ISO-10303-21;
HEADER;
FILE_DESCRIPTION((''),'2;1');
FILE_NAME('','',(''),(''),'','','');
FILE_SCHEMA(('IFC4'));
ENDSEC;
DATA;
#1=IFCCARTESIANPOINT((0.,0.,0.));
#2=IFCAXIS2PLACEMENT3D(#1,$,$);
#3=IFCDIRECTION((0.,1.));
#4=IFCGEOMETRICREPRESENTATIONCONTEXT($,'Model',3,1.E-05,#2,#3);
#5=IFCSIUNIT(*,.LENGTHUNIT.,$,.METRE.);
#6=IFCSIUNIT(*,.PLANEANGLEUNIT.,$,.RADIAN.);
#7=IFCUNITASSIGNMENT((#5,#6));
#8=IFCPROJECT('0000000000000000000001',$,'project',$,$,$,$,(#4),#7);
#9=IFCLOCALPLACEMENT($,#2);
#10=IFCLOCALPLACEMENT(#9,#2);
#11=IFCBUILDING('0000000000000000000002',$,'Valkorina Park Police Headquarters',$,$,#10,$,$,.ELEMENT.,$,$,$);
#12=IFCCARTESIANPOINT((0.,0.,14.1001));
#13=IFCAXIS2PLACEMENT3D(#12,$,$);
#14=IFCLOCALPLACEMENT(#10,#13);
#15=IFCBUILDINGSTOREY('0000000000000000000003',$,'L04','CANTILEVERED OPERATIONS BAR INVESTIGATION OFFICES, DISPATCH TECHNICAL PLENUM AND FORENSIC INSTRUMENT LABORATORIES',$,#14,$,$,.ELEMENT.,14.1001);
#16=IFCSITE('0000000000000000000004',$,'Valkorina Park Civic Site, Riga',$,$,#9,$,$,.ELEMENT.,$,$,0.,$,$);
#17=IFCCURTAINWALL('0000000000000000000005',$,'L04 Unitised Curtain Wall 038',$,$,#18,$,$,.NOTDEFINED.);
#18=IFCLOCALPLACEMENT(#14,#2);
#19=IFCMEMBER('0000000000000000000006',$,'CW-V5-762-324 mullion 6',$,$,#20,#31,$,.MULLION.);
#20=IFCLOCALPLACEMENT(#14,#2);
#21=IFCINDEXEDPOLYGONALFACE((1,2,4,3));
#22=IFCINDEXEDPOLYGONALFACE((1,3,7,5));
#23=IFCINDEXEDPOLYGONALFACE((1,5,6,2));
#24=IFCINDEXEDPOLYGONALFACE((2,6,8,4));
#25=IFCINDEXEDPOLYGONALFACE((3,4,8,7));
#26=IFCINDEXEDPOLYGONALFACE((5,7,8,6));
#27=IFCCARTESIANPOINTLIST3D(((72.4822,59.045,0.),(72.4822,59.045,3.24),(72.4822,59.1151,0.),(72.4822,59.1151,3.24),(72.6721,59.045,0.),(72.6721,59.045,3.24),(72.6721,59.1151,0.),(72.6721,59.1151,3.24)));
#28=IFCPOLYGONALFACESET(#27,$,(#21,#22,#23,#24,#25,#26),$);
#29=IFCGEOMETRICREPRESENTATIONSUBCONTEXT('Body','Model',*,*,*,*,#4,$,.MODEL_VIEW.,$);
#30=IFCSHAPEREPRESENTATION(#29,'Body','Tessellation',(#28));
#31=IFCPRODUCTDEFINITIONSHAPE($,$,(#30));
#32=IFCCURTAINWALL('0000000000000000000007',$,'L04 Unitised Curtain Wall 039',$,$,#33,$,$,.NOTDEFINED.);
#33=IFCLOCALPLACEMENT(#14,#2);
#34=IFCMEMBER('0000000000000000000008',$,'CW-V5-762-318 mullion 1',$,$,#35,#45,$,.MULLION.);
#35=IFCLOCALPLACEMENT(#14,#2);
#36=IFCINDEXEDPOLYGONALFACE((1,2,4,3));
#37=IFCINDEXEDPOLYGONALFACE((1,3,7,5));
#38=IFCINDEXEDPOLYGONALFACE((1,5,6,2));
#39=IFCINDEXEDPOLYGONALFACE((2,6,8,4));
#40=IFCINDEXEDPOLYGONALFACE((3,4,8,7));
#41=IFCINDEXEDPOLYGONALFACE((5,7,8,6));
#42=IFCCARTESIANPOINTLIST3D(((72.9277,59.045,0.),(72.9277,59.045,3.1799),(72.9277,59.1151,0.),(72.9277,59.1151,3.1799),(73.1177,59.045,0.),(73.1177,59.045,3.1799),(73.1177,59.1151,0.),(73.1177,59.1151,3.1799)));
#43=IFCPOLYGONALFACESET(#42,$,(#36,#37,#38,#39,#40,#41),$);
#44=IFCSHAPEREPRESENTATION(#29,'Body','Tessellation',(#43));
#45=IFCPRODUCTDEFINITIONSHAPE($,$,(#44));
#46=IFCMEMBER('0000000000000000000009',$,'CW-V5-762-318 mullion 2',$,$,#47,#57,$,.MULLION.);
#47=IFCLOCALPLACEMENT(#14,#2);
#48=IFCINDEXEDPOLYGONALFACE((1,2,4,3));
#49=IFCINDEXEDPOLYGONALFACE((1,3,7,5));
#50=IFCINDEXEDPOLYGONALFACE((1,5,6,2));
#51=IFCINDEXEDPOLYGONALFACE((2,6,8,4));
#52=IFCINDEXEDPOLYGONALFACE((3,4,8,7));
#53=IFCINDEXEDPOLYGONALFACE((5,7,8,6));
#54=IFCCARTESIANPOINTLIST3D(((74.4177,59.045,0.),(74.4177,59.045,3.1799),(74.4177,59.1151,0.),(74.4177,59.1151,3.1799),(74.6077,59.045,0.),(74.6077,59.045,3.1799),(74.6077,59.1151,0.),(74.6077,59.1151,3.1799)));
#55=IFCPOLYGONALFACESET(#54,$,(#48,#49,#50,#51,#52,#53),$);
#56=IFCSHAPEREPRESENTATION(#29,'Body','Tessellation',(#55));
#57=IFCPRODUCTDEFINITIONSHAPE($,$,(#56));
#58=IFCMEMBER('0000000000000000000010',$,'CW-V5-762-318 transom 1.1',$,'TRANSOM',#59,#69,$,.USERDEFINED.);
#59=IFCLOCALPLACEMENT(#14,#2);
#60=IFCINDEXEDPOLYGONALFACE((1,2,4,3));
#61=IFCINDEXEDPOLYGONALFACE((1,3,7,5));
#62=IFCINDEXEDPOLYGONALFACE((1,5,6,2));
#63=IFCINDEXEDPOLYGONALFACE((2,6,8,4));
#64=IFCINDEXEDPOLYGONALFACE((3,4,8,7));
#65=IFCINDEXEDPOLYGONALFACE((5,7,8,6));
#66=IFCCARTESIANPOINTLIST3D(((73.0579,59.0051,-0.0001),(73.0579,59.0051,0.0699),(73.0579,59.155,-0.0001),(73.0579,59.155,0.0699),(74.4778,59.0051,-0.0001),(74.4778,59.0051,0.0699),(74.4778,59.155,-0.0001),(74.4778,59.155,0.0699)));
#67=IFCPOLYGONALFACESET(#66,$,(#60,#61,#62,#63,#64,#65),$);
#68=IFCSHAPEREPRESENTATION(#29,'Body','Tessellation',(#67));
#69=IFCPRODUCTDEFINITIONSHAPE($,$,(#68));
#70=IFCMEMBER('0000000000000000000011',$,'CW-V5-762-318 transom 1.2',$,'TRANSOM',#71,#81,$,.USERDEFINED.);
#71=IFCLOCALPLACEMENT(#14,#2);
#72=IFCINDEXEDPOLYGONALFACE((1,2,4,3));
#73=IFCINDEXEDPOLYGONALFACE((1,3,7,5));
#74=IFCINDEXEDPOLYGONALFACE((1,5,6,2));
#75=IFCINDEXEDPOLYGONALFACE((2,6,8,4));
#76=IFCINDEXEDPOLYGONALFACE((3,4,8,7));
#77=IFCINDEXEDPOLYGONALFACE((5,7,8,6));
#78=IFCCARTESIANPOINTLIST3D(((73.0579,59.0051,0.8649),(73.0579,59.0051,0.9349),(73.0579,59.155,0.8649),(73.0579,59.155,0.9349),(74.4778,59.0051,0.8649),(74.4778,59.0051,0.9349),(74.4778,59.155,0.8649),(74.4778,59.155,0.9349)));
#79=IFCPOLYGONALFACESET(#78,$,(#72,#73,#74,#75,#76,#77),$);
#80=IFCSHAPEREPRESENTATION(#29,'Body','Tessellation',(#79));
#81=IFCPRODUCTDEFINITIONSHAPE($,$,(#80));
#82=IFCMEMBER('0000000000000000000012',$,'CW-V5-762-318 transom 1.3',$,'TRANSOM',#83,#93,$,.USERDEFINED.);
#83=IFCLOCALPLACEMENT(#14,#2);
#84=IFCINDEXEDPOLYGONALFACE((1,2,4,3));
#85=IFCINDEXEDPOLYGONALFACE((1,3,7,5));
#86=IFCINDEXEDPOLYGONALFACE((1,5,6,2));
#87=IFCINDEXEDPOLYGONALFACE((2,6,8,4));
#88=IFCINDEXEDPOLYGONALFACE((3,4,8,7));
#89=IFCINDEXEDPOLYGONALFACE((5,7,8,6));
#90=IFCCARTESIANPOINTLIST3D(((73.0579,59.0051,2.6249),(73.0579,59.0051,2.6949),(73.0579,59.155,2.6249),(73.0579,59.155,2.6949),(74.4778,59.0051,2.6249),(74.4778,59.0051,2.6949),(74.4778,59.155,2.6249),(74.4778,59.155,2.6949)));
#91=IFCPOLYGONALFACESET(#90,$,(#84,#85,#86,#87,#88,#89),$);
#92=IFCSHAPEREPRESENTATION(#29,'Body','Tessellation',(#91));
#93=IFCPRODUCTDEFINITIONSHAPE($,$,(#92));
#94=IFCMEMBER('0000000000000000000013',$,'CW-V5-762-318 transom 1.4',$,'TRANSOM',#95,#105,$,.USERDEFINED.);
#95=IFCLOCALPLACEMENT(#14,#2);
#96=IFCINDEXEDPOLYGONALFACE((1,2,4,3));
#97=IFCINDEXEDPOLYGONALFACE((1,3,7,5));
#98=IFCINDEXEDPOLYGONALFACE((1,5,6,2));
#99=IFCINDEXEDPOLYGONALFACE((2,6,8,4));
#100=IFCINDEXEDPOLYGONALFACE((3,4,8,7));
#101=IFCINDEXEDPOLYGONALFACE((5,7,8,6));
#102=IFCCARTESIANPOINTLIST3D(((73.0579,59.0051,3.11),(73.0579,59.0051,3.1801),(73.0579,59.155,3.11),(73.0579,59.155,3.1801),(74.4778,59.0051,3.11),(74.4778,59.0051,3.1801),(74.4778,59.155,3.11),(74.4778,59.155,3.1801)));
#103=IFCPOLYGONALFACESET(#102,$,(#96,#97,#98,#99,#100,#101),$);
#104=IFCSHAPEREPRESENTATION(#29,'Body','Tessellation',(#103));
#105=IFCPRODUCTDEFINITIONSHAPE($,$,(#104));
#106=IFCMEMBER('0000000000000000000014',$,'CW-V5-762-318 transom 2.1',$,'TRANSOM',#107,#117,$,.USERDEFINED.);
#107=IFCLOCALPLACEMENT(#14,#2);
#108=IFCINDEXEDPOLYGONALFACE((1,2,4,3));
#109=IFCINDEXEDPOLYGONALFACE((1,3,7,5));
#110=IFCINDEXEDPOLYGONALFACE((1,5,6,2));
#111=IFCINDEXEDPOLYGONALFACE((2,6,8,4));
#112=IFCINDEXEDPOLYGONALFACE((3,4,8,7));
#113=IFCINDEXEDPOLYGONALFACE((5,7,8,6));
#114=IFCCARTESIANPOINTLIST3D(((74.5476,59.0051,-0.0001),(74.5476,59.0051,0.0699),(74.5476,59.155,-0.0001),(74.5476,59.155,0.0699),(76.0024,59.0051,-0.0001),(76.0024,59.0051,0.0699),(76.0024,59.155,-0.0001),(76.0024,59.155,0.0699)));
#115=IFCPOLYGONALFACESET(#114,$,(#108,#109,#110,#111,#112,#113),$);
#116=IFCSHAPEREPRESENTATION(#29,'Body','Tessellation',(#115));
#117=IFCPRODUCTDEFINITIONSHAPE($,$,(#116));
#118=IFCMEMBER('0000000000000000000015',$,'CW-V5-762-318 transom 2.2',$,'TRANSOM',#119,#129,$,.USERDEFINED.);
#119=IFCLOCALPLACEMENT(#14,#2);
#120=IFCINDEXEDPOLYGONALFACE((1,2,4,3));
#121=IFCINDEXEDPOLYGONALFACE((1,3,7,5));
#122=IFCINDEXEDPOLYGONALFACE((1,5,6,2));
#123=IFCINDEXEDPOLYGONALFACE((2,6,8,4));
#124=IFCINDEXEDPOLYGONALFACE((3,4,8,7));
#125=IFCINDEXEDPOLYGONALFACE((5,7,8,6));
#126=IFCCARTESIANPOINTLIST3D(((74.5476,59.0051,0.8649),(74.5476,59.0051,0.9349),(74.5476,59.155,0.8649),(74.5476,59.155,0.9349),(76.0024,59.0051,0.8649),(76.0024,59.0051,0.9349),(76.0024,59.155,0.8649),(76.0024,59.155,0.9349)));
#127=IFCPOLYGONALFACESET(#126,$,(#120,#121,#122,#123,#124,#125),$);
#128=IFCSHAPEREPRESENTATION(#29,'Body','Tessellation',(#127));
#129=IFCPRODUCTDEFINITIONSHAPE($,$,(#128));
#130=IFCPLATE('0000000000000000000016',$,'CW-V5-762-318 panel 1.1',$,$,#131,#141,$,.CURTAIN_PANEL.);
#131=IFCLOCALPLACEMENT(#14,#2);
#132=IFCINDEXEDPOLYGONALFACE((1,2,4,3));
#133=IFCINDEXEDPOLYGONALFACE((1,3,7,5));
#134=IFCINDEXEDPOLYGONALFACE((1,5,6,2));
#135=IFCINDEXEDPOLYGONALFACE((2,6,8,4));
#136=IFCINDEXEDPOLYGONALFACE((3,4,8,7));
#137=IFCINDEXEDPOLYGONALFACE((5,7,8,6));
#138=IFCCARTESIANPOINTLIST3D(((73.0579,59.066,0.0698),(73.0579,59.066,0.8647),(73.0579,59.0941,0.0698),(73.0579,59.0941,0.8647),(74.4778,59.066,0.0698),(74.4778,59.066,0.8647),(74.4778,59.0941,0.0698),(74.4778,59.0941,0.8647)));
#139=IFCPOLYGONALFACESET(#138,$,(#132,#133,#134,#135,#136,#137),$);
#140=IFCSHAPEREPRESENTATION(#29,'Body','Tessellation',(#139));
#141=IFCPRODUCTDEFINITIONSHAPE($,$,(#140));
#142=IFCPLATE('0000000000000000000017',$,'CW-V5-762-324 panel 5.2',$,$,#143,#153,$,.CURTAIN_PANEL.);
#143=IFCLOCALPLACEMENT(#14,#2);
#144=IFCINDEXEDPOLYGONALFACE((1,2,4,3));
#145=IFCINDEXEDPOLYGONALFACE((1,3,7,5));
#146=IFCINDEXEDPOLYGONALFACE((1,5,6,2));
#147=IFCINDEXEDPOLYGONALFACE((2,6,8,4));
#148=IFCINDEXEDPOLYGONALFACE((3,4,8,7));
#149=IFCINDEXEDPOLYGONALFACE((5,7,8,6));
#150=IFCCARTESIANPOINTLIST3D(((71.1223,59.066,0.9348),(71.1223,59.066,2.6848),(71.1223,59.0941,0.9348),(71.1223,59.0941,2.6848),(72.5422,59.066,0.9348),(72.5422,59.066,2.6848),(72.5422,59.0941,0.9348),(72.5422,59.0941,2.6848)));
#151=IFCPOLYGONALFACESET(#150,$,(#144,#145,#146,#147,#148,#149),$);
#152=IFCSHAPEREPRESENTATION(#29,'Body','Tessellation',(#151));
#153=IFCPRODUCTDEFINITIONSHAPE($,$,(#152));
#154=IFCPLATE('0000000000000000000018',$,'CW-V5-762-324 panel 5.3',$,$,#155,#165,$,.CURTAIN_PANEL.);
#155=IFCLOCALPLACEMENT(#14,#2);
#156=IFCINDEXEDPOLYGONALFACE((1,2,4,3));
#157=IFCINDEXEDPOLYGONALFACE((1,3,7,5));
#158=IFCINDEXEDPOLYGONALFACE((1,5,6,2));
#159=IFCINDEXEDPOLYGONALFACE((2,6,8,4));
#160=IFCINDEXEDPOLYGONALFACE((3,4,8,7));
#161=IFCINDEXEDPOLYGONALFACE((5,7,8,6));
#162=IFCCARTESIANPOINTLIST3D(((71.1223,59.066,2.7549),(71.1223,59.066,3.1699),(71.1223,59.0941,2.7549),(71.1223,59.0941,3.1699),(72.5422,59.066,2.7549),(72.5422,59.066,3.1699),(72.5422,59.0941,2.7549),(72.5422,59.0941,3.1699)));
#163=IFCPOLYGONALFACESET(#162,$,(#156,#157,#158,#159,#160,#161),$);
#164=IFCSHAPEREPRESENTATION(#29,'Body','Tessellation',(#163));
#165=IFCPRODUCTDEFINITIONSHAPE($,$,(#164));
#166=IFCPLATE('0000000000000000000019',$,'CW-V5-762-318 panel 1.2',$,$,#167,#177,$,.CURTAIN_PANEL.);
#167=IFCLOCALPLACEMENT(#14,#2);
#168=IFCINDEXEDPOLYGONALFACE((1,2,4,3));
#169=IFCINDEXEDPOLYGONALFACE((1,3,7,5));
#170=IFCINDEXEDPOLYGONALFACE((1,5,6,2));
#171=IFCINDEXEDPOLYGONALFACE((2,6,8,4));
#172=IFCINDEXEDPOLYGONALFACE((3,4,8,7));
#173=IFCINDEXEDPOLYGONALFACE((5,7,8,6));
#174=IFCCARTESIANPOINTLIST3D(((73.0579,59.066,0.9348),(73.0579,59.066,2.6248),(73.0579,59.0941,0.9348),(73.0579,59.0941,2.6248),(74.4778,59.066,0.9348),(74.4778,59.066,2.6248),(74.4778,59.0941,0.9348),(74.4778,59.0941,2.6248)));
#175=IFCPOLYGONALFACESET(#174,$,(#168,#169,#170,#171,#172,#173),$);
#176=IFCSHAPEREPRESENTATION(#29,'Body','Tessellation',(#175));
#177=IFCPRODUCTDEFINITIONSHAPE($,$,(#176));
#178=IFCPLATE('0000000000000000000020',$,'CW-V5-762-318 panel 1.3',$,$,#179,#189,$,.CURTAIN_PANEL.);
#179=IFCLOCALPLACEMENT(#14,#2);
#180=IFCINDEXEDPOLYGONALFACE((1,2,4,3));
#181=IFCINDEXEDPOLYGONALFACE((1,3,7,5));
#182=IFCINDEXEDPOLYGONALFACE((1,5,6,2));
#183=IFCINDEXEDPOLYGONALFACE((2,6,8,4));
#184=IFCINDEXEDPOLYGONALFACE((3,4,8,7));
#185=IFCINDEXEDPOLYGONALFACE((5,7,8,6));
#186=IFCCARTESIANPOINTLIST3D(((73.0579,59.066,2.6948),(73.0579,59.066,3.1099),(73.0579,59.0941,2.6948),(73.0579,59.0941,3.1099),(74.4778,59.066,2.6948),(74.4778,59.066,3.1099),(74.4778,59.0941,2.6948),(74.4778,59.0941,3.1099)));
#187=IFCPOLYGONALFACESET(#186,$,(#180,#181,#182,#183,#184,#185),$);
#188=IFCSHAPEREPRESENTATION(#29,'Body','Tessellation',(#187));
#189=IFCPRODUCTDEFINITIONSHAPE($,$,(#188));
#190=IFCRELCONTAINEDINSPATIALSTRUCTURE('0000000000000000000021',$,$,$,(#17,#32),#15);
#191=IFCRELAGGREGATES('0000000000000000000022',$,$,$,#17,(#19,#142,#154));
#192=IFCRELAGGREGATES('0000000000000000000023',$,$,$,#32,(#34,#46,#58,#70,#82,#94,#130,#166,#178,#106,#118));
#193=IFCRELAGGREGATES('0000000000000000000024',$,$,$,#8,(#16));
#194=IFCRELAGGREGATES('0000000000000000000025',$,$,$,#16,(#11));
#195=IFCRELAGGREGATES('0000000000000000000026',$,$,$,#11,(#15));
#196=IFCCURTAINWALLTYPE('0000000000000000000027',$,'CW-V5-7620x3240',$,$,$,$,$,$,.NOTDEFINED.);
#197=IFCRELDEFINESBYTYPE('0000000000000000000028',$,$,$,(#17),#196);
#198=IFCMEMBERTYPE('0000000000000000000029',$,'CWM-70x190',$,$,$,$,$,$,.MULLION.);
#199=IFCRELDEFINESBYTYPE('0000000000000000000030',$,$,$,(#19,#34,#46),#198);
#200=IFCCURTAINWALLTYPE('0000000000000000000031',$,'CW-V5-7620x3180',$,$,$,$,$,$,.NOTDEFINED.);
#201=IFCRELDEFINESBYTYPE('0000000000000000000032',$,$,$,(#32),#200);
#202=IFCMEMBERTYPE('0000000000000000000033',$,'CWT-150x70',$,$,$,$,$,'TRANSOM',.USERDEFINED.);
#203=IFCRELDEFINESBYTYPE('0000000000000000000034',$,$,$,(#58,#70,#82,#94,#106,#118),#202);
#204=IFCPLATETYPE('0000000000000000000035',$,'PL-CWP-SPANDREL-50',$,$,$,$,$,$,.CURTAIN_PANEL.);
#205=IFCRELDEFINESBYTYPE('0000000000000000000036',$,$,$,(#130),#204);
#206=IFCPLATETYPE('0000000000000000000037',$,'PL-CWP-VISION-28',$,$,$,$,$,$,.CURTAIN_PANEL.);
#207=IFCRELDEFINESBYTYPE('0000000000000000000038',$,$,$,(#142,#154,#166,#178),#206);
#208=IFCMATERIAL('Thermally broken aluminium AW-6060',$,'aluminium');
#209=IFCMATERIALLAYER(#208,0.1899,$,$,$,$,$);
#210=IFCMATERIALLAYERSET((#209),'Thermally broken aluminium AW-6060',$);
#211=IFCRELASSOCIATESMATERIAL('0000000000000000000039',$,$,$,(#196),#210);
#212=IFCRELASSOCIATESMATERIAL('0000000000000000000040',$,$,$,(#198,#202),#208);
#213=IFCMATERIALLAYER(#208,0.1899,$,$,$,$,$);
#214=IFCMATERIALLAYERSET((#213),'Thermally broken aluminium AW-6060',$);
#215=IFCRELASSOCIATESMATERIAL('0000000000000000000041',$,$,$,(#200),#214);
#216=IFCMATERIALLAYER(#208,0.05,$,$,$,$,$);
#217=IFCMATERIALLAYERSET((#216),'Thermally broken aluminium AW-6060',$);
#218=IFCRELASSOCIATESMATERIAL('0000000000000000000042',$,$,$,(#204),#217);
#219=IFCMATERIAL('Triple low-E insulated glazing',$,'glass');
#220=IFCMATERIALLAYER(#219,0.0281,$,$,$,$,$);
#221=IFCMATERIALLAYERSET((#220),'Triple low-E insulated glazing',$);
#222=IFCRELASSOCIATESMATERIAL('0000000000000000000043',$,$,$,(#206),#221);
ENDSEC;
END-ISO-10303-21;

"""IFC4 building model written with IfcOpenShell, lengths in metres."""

from ifc_helpers import new_model, si_unit, direction, frame, origin, origin_2d, place, context, subcontext, project, spatial, rectangle, extrude, material, layer, layer_set, material_profile, profile_set, type_object, element, aggregate, save


model = new_model("IFC4")

# Units and contexts
model_context = context("Model", 3, precision=1e-05, world=origin(), true_north=direction((0.0, 1.0)))
body_context = subcontext(model_context, "Body", "Model", "MODEL_VIEW")
ifc_project = project(units=[si_unit("LENGTHUNIT", "METRE"), si_unit("PLANEANGLEUNIT", "RADIAN")], contexts=[model_context])

# Site, building, storey
site_placement = place(None, origin())
site = spatial("IfcSite", under=ifc_project, at=site_placement, Name="Valkorina Park Civic Site, Riga", CompositionType="ELEMENT", RefElevation=0.0)
building_placement = place(site_placement, origin())
building = spatial("IfcBuilding", under=site, at=building_placement, Name="Valkorina Park Police Headquarters", CompositionType="ELEMENT")
storey_placement = place(building_placement, frame((0.0, 0.0, 14.1001)))
storey = spatial("IfcBuildingStorey", under=building, at=storey_placement, Name="L04", Description="CANTILEVERED OPERATIONS BAR INVESTIGATION OFFICES, DISPATCH TECHNICAL PLENUM AND FORENSIC INSTRUMENT LABORATORIES", CompositionType="ELEMENT", Elevation=14.1001)

# Curtain wall, member
ifc_material_1 = material(Name="Thermally broken aluminium AW-6060", Category="aluminium")
ifc_layer_1 = layer(ifc_material_1, 0.1899)
ifc_layer_set_1 = layer_set([ifc_layer_1], Name="Thermally broken aluminium AW-6060")
curtain_wall_type_1 = type_object("IfcCurtainWallType", Name="CW-V5-7620x3240", PredefinedType="NOTDEFINED", material=ifc_layer_set_1)
curtain_wall_1_placement = place(storey_placement, origin())
curtain_wall_1 = element("IfcCurtainWall", 1, at=curtain_wall_1_placement, inside=storey, type_object=curtain_wall_type_1, Name="L04 Unitised Curtain Wall 038", PredefinedType="NOTDEFINED")
ifc_material_profile_1 = material_profile(ifc_material_1, rectangle(XDim=0.0701, YDim=0.1899, at=origin_2d()), Name="CWM-02 70x190")
ifc_profile_set_1 = profile_set([ifc_material_profile_1], Name="Thermally broken aluminium AW-6060")
member_type_1 = type_object("IfcMemberType", Name="CWM-70x190", PredefinedType="MULLION", material=ifc_profile_set_1)
member_1_placement = place(storey_placement, frame((72.5771, 59.0801, 0.0), z_axis=(0.0, 0.0, 1.0), x_axis=(0.0, 1.0, 0.0)))
member_1 = element("IfcMember", 2, at=member_1_placement, type_object=member_type_1, Name="CW-V5-762-324 mullion 6", PredefinedType="MULLION", context=body_context, shape_type="SweptSolid", body=[
    extrude(rectangle(XDim=0.0701, YDim=0.1899, at=origin_2d()), origin(), (0.0, 0.0, 1.0), 3.24),
])

# Curtain wall, members, plate
ifc_layer_2 = layer(ifc_material_1, 0.1899)
ifc_layer_set_2 = layer_set([ifc_layer_2], Name="Thermally broken aluminium AW-6060")
curtain_wall_type_2 = type_object("IfcCurtainWallType", Name="CW-V5-7620x3180", PredefinedType="NOTDEFINED", material=ifc_layer_set_2)
curtain_wall_2_placement = place(storey_placement, origin())
curtain_wall_2 = element("IfcCurtainWall", 3, at=curtain_wall_2_placement, inside=storey, type_object=curtain_wall_type_2, Name="L04 Unitised Curtain Wall 039", PredefinedType="NOTDEFINED")
member_2_placement = place(storey_placement, frame((73.0227, 59.0801, 0.0), z_axis=(0.0, 0.0, 1.0), x_axis=(0.0, 1.0, 0.0)))
member_2 = element("IfcMember", 4, at=member_2_placement, type_object=member_type_1, Name="CW-V5-762-318 mullion 1", PredefinedType="MULLION", context=body_context, shape_type="SweptSolid", body=[
    extrude(rectangle(XDim=0.0701, YDim=0.1899, at=origin_2d()), origin(), (0.0, 0.0, 1.0), 3.1799),
])
member_3_placement = place(storey_placement, frame((74.5127, 59.0801, 0.0), z_axis=(0.0, 0.0, 1.0), x_axis=(0.0, 1.0, 0.0)))
member_3 = element("IfcMember", 5, at=member_3_placement, type_object=member_type_1, Name="CW-V5-762-318 mullion 2", PredefinedType="MULLION", context=body_context, shape_type="SweptSolid", body=[
    extrude(rectangle(XDim=0.0701, YDim=0.1899, at=origin_2d()), origin(), (0.0, 0.0, 1.0), 3.1799),
])
ifc_material_profile_2 = material_profile(ifc_material_1, rectangle(XDim=0.1499, YDim=0.0701, at=origin_2d()), Name="CWT-02 150x70")
ifc_profile_set_2 = profile_set([ifc_material_profile_2], Name="Thermally broken aluminium AW-6060")
member_type_2 = type_object("IfcMemberType", Name="CWT-150x70", ElementType="TRANSOM", PredefinedType="USERDEFINED", material=ifc_profile_set_2)
member_4_placement = place(storey_placement, frame((73.0579, 59.0801, 0.0349), z_axis=(1.0, 0.0, 0.0), x_axis=(0.0, 1.0, 0.0)))
member_4 = element("IfcMember", 6, at=member_4_placement, type_object=member_type_2, Name="CW-V5-762-318 transom 1.1", ObjectType="TRANSOM", PredefinedType="USERDEFINED", context=body_context, shape_type="SweptSolid", body=[
    extrude(rectangle(XDim=0.1499, YDim=0.0701, at=origin_2d()), origin(), (0.0, 0.0, 1.0), 1.4199),
])
member_5_placement = place(storey_placement, frame((73.0579, 59.0801, 0.8999), z_axis=(1.0, 0.0, 0.0), x_axis=(0.0, 1.0, 0.0)))
member_5 = element("IfcMember", 7, at=member_5_placement, type_object=member_type_2, Name="CW-V5-762-318 transom 1.2", ObjectType="TRANSOM", PredefinedType="USERDEFINED", context=body_context, shape_type="SweptSolid", body=[
    extrude(rectangle(XDim=0.1499, YDim=0.0701, at=origin_2d()), origin(), (0.0, 0.0, 1.0), 1.4199),
])
member_6_placement = place(storey_placement, frame((73.0579, 59.0801, 2.6599), z_axis=(1.0, 0.0, 0.0), x_axis=(0.0, 1.0, 0.0)))
member_6 = element("IfcMember", 8, at=member_6_placement, type_object=member_type_2, Name="CW-V5-762-318 transom 1.3", ObjectType="TRANSOM", PredefinedType="USERDEFINED", context=body_context, shape_type="SweptSolid", body=[
    extrude(rectangle(XDim=0.1499, YDim=0.0701, at=origin_2d()), origin(), (0.0, 0.0, 1.0), 1.4199),
])
member_7_placement = place(storey_placement, frame((73.0579, 59.0801, 3.145), z_axis=(1.0, 0.0, 0.0), x_axis=(0.0, 1.0, 0.0)))
member_7 = element("IfcMember", 9, at=member_7_placement, type_object=member_type_2, Name="CW-V5-762-318 transom 1.4", ObjectType="TRANSOM", PredefinedType="USERDEFINED", context=body_context, shape_type="SweptSolid", body=[
    extrude(rectangle(XDim=0.1499, YDim=0.0701, at=origin_2d()), origin(), (0.0, 0.0, 1.0), 1.4199),
])
member_8_placement = place(storey_placement, frame((74.5476, 59.0801, 0.0349), z_axis=(1.0, 0.0, 0.0), x_axis=(0.0, 1.0, 0.0)))
member_8 = element("IfcMember", 10, at=member_8_placement, type_object=member_type_2, Name="CW-V5-762-318 transom 2.1", ObjectType="TRANSOM", PredefinedType="USERDEFINED", context=body_context, shape_type="SweptSolid", body=[
    extrude(rectangle(XDim=0.1499, YDim=0.0701, at=origin_2d()), origin(), (0.0, 0.0, 1.0), 1.4548),
])
member_9_placement = place(storey_placement, frame((74.5476, 59.0801, 0.8999), z_axis=(1.0, 0.0, 0.0), x_axis=(0.0, 1.0, 0.0)))
member_9 = element("IfcMember", 11, at=member_9_placement, type_object=member_type_2, Name="CW-V5-762-318 transom 2.2", ObjectType="TRANSOM", PredefinedType="USERDEFINED", context=body_context, shape_type="SweptSolid", body=[
    extrude(rectangle(XDim=0.1499, YDim=0.0701, at=origin_2d()), origin(), (0.0, 0.0, 1.0), 1.4548),
])
ifc_layer_3 = layer(ifc_material_1, 0.05)
ifc_layer_set_3 = layer_set([ifc_layer_3], Name="Thermally broken aluminium AW-6060")
plate_type_1 = type_object("IfcPlateType", Name="PL-CWP-SPANDREL-50", PredefinedType="CURTAIN_PANEL", material=ifc_layer_set_3)
plate_1_placement = place(storey_placement, frame((73.7678, 59.0801, 0.0698), z_axis=(0.0, 0.0, 1.0), x_axis=(1.0, 0.0, 0.0)))
plate_1 = element("IfcPlate", 12, at=plate_1_placement, type_object=plate_type_1, Name="CW-V5-762-318 panel 1.1", PredefinedType="CURTAIN_PANEL", context=body_context, shape_type="SweptSolid", body=[
    extrude(rectangle(XDim=1.4199, YDim=0.0281, at=origin_2d()), origin(), (0.0, 0.0, 1.0), 0.7949),
])

# Plates
ifc_material_2 = material(Name="Triple low-E insulated glazing", Category="glass")
ifc_layer_4 = layer(ifc_material_2, 0.0281)
ifc_layer_set_4 = layer_set([ifc_layer_4], Name="Triple low-E insulated glazing")
plate_type_2 = type_object("IfcPlateType", Name="PL-CWP-VISION-28", PredefinedType="CURTAIN_PANEL", material=ifc_layer_set_4)
plate_2_placement = place(storey_placement, frame((71.8323, 59.0801, 0.9348), z_axis=(0.0, 0.0, 1.0), x_axis=(1.0, 0.0, 0.0)))
plate_2 = element("IfcPlate", 13, at=plate_2_placement, type_object=plate_type_2, Name="CW-V5-762-324 panel 5.2", PredefinedType="CURTAIN_PANEL", context=body_context, shape_type="SweptSolid", body=[
    extrude(rectangle(XDim=1.4199, YDim=0.0281, at=origin_2d()), origin(), (0.0, 0.0, 1.0), 1.75),
])
plate_3_placement = place(storey_placement, frame((71.8323, 59.0801, 2.7549), z_axis=(0.0, 0.0, 1.0), x_axis=(1.0, 0.0, 0.0)))
plate_3 = element("IfcPlate", 14, at=plate_3_placement, type_object=plate_type_2, Name="CW-V5-762-324 panel 5.3", PredefinedType="CURTAIN_PANEL", context=body_context, shape_type="SweptSolid", body=[
    extrude(rectangle(XDim=1.4199, YDim=0.0281, at=origin_2d()), origin(), (0.0, 0.0, 1.0), 0.415),
])
aggregate(curtain_wall_1, [member_1, plate_2, plate_3])
plate_4_placement = place(storey_placement, frame((73.7678, 59.0801, 0.9348), z_axis=(0.0, 0.0, 1.0), x_axis=(1.0, 0.0, 0.0)))
plate_4 = element("IfcPlate", 15, at=plate_4_placement, type_object=plate_type_2, Name="CW-V5-762-318 panel 1.2", PredefinedType="CURTAIN_PANEL", context=body_context, shape_type="SweptSolid", body=[
    extrude(rectangle(XDim=1.4199, YDim=0.0281, at=origin_2d()), origin(), (0.0, 0.0, 1.0), 1.6899),
])
plate_5_placement = place(storey_placement, frame((73.7678, 59.0801, 2.6948), z_axis=(0.0, 0.0, 1.0), x_axis=(1.0, 0.0, 0.0)))
plate_5 = element("IfcPlate", 16, at=plate_5_placement, type_object=plate_type_2, Name="CW-V5-762-318 panel 1.3", PredefinedType="CURTAIN_PANEL", context=body_context, shape_type="SweptSolid", body=[
    extrude(rectangle(XDim=1.4199, YDim=0.0281, at=origin_2d()), origin(), (0.0, 0.0, 1.0), 0.415),
])
aggregate(curtain_wall_2, [member_2, member_3, member_4, member_5, member_6, member_7, plate_1, plate_4, plate_5, member_8, member_9])

save(model, "model.ifc")
